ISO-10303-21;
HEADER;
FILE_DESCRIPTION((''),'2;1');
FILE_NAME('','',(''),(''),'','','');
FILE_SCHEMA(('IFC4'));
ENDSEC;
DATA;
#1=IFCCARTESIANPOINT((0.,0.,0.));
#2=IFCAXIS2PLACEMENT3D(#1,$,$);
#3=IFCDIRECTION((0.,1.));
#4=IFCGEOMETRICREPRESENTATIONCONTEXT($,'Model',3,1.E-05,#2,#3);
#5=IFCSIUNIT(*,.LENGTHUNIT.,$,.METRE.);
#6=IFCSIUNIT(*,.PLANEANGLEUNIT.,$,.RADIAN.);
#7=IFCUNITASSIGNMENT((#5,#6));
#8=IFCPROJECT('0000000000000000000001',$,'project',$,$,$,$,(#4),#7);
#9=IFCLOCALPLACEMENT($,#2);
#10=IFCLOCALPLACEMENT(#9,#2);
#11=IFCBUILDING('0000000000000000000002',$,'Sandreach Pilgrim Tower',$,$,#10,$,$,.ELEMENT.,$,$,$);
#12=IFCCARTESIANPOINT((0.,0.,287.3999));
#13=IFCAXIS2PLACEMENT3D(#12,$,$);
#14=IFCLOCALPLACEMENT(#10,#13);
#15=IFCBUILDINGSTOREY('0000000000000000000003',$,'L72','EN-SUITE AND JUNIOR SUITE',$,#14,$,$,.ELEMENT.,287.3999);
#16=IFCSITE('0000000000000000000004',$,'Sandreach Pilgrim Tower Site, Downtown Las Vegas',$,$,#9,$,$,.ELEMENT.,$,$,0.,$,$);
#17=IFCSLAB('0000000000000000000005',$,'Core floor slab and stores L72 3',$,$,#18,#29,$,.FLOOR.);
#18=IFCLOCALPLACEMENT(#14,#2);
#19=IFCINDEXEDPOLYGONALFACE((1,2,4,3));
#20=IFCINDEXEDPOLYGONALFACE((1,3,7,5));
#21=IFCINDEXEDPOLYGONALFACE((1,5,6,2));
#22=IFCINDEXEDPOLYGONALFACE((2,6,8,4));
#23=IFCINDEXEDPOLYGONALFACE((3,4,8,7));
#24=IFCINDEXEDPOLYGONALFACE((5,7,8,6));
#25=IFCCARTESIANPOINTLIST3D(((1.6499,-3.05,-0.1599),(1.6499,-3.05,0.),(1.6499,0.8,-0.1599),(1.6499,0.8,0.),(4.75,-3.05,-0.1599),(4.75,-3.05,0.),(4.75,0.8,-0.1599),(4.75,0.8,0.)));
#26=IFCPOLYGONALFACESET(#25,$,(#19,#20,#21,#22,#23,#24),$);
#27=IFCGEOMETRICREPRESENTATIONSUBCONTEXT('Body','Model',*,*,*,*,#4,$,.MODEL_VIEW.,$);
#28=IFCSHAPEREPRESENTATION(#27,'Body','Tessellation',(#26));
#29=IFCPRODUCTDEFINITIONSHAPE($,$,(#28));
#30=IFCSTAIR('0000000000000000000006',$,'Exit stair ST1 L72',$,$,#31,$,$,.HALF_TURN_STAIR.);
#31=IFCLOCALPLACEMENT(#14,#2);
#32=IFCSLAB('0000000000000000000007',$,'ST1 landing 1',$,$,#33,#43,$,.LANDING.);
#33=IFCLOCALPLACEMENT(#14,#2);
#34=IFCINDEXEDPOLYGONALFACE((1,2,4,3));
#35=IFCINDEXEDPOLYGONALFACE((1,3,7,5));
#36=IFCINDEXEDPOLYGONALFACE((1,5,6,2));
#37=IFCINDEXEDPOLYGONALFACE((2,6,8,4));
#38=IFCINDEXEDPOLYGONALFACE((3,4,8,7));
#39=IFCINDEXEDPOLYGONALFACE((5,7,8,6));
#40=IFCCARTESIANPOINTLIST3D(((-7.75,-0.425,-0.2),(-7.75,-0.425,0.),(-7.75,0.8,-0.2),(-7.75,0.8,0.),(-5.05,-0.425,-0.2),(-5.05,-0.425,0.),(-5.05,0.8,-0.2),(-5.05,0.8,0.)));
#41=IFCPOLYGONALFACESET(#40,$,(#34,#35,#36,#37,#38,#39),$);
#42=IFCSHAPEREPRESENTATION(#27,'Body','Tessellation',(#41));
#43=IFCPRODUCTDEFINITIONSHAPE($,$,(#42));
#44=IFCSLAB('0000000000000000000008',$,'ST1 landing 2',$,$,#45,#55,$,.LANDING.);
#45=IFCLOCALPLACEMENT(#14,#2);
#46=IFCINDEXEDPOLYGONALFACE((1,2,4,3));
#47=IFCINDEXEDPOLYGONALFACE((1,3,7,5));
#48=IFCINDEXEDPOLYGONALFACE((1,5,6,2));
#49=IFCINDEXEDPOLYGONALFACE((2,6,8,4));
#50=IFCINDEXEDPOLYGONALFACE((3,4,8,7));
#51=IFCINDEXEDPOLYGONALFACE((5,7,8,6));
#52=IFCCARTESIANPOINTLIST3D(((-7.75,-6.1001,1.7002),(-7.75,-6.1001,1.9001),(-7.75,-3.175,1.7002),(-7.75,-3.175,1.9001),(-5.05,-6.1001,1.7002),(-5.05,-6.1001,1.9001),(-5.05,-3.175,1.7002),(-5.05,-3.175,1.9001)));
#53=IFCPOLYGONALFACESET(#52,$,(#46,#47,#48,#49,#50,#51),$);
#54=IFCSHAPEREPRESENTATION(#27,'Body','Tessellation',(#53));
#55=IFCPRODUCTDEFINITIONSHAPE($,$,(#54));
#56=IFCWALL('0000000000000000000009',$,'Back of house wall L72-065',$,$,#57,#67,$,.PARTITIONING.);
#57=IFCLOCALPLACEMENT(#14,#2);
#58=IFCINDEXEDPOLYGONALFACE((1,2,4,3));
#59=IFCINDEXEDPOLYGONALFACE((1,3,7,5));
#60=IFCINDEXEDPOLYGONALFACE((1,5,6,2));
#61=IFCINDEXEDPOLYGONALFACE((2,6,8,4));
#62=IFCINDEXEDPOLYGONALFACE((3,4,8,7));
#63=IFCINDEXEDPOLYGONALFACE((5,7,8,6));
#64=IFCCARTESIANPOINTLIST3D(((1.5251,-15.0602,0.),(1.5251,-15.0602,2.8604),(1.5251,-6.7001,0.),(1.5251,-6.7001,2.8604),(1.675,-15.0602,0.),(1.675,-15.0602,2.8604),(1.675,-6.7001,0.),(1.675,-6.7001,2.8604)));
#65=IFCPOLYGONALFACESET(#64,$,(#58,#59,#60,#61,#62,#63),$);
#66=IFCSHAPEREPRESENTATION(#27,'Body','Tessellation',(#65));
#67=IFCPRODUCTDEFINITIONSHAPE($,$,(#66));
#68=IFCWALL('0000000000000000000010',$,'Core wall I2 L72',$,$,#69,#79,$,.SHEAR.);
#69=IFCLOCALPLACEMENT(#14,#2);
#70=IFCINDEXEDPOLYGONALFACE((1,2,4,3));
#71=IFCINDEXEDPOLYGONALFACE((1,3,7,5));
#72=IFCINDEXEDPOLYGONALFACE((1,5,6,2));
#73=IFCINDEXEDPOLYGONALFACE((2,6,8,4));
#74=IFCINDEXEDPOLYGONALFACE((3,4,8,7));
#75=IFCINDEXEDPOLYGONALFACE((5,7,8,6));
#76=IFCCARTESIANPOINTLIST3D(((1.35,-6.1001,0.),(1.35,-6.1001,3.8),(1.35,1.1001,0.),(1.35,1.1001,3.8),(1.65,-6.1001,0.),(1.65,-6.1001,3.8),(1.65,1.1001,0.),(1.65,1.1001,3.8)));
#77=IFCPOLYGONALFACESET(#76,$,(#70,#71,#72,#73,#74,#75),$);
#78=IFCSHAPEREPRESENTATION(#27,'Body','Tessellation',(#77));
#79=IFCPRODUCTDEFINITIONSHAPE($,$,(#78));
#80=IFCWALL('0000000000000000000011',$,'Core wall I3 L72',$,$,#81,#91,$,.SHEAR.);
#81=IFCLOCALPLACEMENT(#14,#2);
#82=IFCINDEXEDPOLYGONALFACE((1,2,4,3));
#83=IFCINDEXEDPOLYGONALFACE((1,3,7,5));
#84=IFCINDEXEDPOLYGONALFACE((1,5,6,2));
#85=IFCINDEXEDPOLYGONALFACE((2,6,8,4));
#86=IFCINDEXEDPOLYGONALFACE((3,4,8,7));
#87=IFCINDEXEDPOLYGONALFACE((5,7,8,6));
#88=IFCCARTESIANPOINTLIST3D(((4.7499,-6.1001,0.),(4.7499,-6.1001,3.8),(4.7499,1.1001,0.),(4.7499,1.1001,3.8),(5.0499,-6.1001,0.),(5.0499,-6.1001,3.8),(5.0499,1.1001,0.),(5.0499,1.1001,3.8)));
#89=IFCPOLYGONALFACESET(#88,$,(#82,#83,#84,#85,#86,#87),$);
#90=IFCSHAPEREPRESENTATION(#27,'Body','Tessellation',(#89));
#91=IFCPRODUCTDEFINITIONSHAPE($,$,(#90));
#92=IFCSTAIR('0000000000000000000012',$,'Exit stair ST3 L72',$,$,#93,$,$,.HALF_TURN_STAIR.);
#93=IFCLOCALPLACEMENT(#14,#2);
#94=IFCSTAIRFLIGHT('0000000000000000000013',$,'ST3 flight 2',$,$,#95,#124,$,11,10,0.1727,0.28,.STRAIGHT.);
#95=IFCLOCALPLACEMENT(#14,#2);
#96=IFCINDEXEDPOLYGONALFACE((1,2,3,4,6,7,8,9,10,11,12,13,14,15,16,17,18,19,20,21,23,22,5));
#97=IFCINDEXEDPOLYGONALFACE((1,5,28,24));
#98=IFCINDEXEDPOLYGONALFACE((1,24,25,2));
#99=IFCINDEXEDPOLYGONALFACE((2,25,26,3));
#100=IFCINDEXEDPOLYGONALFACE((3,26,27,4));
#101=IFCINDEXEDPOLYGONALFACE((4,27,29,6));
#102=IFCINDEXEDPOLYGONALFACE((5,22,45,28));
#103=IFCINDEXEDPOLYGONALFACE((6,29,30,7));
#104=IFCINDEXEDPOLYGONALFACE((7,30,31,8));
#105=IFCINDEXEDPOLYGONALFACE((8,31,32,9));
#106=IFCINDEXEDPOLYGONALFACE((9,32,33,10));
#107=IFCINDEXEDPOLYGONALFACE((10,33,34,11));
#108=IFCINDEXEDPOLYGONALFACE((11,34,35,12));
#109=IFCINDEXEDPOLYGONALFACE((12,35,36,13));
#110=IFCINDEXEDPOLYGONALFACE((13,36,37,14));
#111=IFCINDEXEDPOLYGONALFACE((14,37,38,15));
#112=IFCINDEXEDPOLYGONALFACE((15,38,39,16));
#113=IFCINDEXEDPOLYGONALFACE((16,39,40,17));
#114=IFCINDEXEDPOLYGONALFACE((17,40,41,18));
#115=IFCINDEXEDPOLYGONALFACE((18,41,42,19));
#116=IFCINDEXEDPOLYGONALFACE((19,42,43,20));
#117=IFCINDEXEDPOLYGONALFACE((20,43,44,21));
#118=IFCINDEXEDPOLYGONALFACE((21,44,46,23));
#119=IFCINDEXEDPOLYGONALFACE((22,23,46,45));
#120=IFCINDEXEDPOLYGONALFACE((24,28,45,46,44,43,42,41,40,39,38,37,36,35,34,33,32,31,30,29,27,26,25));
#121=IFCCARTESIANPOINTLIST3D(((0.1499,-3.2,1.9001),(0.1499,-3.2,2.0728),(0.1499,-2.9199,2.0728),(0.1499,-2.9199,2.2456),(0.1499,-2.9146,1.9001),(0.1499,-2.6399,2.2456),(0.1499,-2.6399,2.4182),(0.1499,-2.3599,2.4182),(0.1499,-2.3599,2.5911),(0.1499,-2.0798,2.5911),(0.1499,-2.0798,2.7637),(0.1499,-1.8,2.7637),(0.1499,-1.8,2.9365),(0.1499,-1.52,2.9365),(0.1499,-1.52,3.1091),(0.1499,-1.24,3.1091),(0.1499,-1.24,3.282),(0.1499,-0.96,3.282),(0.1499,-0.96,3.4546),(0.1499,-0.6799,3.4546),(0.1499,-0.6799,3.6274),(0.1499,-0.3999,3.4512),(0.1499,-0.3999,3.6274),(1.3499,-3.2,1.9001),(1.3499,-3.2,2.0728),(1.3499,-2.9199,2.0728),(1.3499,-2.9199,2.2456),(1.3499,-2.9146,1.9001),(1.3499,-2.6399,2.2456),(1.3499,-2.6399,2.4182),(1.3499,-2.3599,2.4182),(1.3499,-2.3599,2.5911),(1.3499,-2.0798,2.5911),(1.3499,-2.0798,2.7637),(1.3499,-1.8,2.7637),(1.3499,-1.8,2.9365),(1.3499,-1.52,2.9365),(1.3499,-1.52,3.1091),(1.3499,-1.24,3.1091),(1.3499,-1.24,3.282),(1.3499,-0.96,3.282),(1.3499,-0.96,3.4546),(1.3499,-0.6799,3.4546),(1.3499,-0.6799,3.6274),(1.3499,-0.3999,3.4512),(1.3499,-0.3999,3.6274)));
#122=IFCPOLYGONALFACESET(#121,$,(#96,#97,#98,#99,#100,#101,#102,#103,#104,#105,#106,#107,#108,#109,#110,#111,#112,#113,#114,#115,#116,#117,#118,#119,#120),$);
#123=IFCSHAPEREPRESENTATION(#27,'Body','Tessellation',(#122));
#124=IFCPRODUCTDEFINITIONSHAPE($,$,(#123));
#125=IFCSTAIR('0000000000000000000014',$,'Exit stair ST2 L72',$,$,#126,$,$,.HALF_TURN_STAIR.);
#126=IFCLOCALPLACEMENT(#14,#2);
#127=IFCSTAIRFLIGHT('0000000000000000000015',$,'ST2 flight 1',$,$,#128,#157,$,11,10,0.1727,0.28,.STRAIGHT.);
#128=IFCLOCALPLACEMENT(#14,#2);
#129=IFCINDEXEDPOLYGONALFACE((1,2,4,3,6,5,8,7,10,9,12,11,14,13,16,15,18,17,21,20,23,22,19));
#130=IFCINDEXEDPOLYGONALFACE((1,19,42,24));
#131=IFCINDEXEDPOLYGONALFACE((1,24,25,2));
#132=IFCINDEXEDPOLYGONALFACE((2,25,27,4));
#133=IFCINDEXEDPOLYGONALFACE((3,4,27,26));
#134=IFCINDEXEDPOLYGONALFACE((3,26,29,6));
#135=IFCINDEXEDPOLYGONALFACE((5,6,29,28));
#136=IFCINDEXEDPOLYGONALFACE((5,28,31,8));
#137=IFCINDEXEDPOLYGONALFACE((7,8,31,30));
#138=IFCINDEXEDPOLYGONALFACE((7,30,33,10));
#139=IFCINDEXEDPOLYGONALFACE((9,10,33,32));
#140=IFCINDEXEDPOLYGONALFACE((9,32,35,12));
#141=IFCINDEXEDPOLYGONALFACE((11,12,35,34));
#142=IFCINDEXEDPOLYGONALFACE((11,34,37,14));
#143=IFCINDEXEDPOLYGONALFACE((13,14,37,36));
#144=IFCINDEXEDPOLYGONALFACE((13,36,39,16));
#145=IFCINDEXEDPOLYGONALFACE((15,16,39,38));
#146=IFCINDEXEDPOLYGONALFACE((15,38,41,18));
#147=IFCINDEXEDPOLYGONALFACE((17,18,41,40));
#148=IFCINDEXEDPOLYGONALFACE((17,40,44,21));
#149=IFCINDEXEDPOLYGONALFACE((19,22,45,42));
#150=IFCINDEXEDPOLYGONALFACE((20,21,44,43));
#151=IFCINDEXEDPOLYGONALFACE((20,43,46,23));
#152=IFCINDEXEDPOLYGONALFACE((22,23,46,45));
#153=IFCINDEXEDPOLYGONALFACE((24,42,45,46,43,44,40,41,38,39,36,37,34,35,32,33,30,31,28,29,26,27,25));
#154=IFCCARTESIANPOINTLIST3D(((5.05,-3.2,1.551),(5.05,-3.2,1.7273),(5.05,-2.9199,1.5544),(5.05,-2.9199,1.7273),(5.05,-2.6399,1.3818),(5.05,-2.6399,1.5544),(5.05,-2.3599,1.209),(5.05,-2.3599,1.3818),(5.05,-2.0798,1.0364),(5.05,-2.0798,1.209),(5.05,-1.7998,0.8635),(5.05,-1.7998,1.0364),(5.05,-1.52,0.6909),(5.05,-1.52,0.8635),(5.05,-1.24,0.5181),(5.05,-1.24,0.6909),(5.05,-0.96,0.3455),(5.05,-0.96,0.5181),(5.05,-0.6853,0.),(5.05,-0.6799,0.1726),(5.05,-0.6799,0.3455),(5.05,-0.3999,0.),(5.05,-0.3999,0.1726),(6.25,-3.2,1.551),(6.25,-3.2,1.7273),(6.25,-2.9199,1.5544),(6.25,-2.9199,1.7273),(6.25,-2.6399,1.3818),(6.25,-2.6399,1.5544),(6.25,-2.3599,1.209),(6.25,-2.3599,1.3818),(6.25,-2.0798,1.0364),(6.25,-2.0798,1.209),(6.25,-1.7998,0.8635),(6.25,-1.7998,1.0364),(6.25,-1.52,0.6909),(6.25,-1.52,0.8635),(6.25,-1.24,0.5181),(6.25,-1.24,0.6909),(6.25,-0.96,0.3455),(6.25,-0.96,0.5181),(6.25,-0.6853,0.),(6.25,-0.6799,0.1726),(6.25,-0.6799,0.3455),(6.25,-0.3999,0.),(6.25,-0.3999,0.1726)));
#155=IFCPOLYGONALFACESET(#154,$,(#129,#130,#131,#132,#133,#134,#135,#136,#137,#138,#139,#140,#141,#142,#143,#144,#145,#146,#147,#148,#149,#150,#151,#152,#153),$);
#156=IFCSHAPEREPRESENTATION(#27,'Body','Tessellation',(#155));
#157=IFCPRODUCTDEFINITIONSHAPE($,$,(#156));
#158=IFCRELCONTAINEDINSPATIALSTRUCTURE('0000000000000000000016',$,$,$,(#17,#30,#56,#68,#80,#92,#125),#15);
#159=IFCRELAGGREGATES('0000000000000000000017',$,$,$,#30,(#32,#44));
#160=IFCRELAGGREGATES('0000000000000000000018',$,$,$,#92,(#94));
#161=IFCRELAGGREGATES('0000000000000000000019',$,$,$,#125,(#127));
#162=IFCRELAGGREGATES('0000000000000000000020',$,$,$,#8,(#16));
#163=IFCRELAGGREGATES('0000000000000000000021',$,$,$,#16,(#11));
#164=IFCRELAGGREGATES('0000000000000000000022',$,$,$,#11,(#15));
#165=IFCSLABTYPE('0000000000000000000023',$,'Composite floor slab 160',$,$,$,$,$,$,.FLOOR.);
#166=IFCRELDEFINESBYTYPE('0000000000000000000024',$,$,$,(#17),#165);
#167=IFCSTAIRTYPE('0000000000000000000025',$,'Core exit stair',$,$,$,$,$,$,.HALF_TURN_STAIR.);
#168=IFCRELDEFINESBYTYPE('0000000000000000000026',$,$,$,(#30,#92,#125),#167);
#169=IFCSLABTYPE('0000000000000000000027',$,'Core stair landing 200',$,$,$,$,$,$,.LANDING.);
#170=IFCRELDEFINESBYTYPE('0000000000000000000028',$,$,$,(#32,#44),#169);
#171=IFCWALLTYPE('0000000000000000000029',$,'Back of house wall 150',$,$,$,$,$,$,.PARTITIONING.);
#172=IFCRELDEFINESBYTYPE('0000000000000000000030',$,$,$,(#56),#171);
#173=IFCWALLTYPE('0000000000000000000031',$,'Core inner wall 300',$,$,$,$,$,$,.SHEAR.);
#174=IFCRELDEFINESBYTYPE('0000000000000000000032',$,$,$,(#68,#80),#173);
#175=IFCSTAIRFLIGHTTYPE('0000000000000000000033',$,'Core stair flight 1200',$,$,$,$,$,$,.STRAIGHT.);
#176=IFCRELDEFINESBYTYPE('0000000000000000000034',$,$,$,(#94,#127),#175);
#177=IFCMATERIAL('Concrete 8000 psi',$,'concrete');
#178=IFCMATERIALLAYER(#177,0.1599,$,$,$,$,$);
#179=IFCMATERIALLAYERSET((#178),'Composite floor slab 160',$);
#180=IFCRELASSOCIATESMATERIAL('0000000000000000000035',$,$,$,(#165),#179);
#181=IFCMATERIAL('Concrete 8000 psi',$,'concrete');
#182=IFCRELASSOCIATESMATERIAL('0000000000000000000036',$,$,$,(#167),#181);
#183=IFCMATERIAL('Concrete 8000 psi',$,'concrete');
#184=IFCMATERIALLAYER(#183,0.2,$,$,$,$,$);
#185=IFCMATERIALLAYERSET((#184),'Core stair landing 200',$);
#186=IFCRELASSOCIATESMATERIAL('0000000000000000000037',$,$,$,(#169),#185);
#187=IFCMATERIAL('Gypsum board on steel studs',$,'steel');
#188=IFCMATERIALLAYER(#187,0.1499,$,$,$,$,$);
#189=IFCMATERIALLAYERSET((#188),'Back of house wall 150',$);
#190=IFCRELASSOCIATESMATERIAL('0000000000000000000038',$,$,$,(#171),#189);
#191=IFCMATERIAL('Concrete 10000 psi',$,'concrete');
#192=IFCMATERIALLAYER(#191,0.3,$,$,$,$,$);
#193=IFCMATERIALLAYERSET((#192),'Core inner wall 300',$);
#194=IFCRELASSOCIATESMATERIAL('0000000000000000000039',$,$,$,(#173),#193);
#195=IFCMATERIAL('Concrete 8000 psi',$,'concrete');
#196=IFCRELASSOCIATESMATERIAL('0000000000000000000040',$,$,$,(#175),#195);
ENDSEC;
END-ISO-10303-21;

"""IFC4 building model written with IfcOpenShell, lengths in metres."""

from ifc_helpers import new_model, si_unit, direction, frame, frame_2d, origin, place, context, subcontext, project, spatial, polyline, rectangle, outline, extrude, material, layer, layer_set, type_object, element, aggregate, save


model = new_model("IFC4")

# Units and contexts
model_context = context("Model", 3, precision=1e-05, world=origin(), true_north=direction((0.0, 1.0)))
body_context = subcontext(model_context, "Body", "Model", "MODEL_VIEW")
ifc_project = project(units=[si_unit("LENGTHUNIT", "METRE"), si_unit("PLANEANGLEUNIT", "RADIAN")], contexts=[model_context])

# Site, building, storey
site_placement = place(None, origin())
site = spatial("IfcSite", under=ifc_project, at=site_placement, Name="Sandreach Pilgrim Tower Site, Downtown Las Vegas", CompositionType="ELEMENT", RefElevation=0.0)
building_placement = place(site_placement, origin())
building = spatial("IfcBuilding", under=site, at=building_placement, Name="Sandreach Pilgrim Tower", CompositionType="ELEMENT")
storey_placement = place(building_placement, frame((0.0, 0.0, 287.3999)))
storey = spatial("IfcBuildingStorey", under=building, at=storey_placement, Name="L72", Description="EN-SUITE AND JUNIOR SUITE", CompositionType="ELEMENT", Elevation=287.3999)

# Slab
ifc_material_1 = material(Name="Concrete 8000 psi", Category="concrete")
ifc_layer_1 = layer(ifc_material_1, 0.1599)
ifc_layer_set_1 = layer_set([ifc_layer_1], Name="Composite floor slab 160")
slab_type_1 = type_object("IfcSlabType", Name="Composite floor slab 160", PredefinedType="FLOOR", material=ifc_layer_set_1)
slab_1_placement = place(storey_placement, frame((0.0, 0.0, -0.1599)))
element("IfcSlab", 1, at=slab_1_placement, inside=storey, type_object=slab_type_1, Name="Core floor slab and stores L72 3", PredefinedType="FLOOR", context=body_context, shape_type="SweptSolid", body=[
    extrude(outline(polyline([(4.75, -3.05), (1.6499, -3.05), (1.6499, 0.8), (4.75, 0.8), (4.75, -3.05)])), origin(), (0.0, 0.0, 1.0), 0.1599),
])

# Stair, slabs
ifc_material_2 = material(Name="Concrete 8000 psi", Category="concrete")
stair_type = type_object("IfcStairType", Name="Core exit stair", PredefinedType="HALF_TURN_STAIR", material=ifc_material_2)
stair_1_placement = place(storey_placement, origin())
stair_1 = element("IfcStair", 2, at=stair_1_placement, inside=storey, type_object=stair_type, Name="Exit stair ST1 L72", PredefinedType="HALF_TURN_STAIR")
ifc_material_3 = material(Name="Concrete 8000 psi", Category="concrete")
ifc_layer_2 = layer(ifc_material_3, 0.2)
ifc_layer_set_2 = layer_set([ifc_layer_2], Name="Core stair landing 200")
slab_type_2 = type_object("IfcSlabType", Name="Core stair landing 200", PredefinedType="LANDING", material=ifc_layer_set_2)
slab_2_placement = place(storey_placement, frame((0.0, 0.0, -0.2)))
slab_2 = element("IfcSlab", 3, at=slab_2_placement, type_object=slab_type_2, Name="ST1 landing 1", PredefinedType="LANDING", context=body_context, shape_type="SweptSolid", body=[
    extrude(outline(polyline([(-7.75, -0.425), (-5.05, -0.425), (-5.05, 0.8), (-7.75, 0.8), (-7.75, -0.425)])), origin(), (0.0, 0.0, 1.0), 0.2),
])
slab_3_placement = place(storey_placement, frame((0.0, 0.0, 1.7002)))
slab_3 = element("IfcSlab", 4, at=slab_3_placement, type_object=slab_type_2, Name="ST1 landing 2", PredefinedType="LANDING", context=body_context, shape_type="SweptSolid", body=[
    extrude(outline(polyline([(-7.75, -6.1001), (-5.05, -6.1001), (-5.05, -3.175), (-7.75, -3.175), (-7.75, -6.1001)])), origin(), (0.0, 0.0, 1.0), 0.2),
])
aggregate(stair_1, [slab_2, slab_3])

# Walls
ifc_material_4 = material(Name="Gypsum board on steel studs", Category="steel")
ifc_layer_3 = layer(ifc_material_4, 0.1499)
ifc_layer_set_3 = layer_set([ifc_layer_3], Name="Back of house wall 150")
wall_type_1 = type_object("IfcWallType", Name="Back of house wall 150", PredefinedType="PARTITIONING", material=ifc_layer_set_3)
wall_1_placement = place(storey_placement, frame((1.6001, -6.7, 0.0), z_axis=(0.0, 0.0, 1.0), x_axis=(0.0, -1.0, 0.0)))
element("IfcWall", 5, at=wall_1_placement, inside=storey, type_object=wall_type_1, Name="Back of house wall L72-065", PredefinedType="PARTITIONING", context=body_context, shape_type="SweptSolid", body=[
    extrude(rectangle(XDim=8.3601, YDim=0.1499, at=frame_2d((4.1802, 0.0))), origin(), (0.0, 0.0, 1.0), 2.8604),
])
ifc_material_5 = material(Name="Concrete 10000 psi", Category="concrete")
ifc_layer_4 = layer(ifc_material_5, 0.3)
ifc_layer_set_4 = layer_set([ifc_layer_4], Name="Core inner wall 300")
wall_type_2 = type_object("IfcWallType", Name="Core inner wall 300", PredefinedType="SHEAR", material=ifc_layer_set_4)
for number, where, z_axis, x_axis, name in (
    (6, (1.5, -6.1001, 0.0), (0.0, 0.0, 1.0), (0.0, 1.0, 0.0), "Core wall I2 L72"),
    (7, (4.8999, -6.1001, 0.0), (0.0, 0.0, 1.0), (0.0, 1.0, 0.0), "Core wall I3 L72"),
):
    element("IfcWall", number, at=place(storey_placement, frame(where, z_axis=z_axis, x_axis=x_axis)), inside=storey, type_object=wall_type_2, Name=name, PredefinedType="SHEAR", context=body_context, shape_type="SweptSolid", body=[
        extrude(rectangle(XDim=7.2002, YDim=0.3, at=frame_2d((3.6001, 0.0))), origin(), (0.0, 0.0, 1.0), 3.8),
    ])

# Stairs, stair flights
stair_2_placement = place(storey_placement, origin())
stair_2 = element("IfcStair", 8, at=stair_2_placement, inside=storey, type_object=stair_type, Name="Exit stair ST3 L72", PredefinedType="HALF_TURN_STAIR")
ifc_material_6 = material(Name="Concrete 8000 psi", Category="concrete")
stair_flight_type = type_object("IfcStairFlightType", Name="Core stair flight 1200", PredefinedType="STRAIGHT", material=ifc_material_6)
stair_flight_1_placement = place(storey_placement, frame((0.75, -3.2, 1.9001), z_axis=(0.0, 0.0, 1.0), x_axis=(0.0, 1.0, 0.0)))
stair_flight_1 = element("IfcStairFlight", 9, at=stair_flight_1_placement, type_object=stair_flight_type, Name="ST3 flight 2", NumberOfRisers=11, NumberOfTreads=10, PredefinedType="STRAIGHT", RiserHeight=0.1727, TreadLength=0.28, context=body_context, shape_type="SweptSolid", body=[
    extrude(outline(polyline([(0.0, 0.0), (0.0, 0.1726), (0.28, 0.1726), (0.28, 0.3455), (0.5601, 0.3455), (0.5601, 0.5181), (0.8401, 0.5181), (0.8401, 0.6909), (1.1201, 0.6909), (1.1201, 0.8635), (1.3999, 0.8635), (1.3999, 1.0364), (1.6799, 1.0364), (1.6799, 1.209), (1.96, 1.209), (1.96, 1.3818), (2.24, 1.3818), (2.24, 1.5544), (2.52, 1.5544), (2.52, 1.7273), (2.8, 1.7273), (2.8, 1.8999), (2.8, 1.551), (0.2854, 0.0), (0.0, 0.0)])), frame((0.0, 0.6001, 0.0), z_axis=(0.0, -1.0, 0.0), x_axis=(1.0, 0.0, 0.0)), (0.0, 0.0, 1.0), 1.2),
])
aggregate(stair_2, [stair_flight_1])
stair_3_placement = place(storey_placement, origin())
stair_3 = element("IfcStair", 10, at=stair_3_placement, inside=storey, type_object=stair_type, Name="Exit stair ST2 L72", PredefinedType="HALF_TURN_STAIR")
stair_flight_2_placement = place(storey_placement, frame((5.6499, -0.3999, 0.0), z_axis=(0.0, 0.0, 1.0), x_axis=(0.0, -1.0, 0.0)))
stair_flight_2 = element("IfcStairFlight", 11, at=stair_flight_2_placement, type_object=stair_flight_type, Name="ST2 flight 1", NumberOfRisers=11, NumberOfTreads=10, PredefinedType="STRAIGHT", RiserHeight=0.1727, TreadLength=0.28, context=body_context, shape_type="SweptSolid", body=[
    extrude(outline(polyline([(0.0, 0.0), (0.0, 0.1726), (0.28, 0.1726), (0.28, 0.3455), (0.5601, 0.3455), (0.5601, 0.5181), (0.8401, 0.5181), (0.8401, 0.6909), (1.1201, 0.6909), (1.1201, 0.8635), (1.3999, 0.8635), (1.3999, 1.0364), (1.6799, 1.0364), (1.6799, 1.209), (1.96, 1.209), (1.96, 1.3818), (2.24, 1.3818), (2.24, 1.5544), (2.52, 1.5544), (2.52, 1.7273), (2.8, 1.7273), (2.8, 1.8999), (2.8, 1.551), (0.2854, 0.0), (0.0, 0.0)])), frame((0.0, 0.6001, 0.0), z_axis=(0.0, -1.0, 0.0), x_axis=(1.0, 0.0, 0.0)), (0.0, 0.0, 1.0), 1.2),
])
aggregate(stair_3, [stair_flight_2])

save(model, "model.ifc")
